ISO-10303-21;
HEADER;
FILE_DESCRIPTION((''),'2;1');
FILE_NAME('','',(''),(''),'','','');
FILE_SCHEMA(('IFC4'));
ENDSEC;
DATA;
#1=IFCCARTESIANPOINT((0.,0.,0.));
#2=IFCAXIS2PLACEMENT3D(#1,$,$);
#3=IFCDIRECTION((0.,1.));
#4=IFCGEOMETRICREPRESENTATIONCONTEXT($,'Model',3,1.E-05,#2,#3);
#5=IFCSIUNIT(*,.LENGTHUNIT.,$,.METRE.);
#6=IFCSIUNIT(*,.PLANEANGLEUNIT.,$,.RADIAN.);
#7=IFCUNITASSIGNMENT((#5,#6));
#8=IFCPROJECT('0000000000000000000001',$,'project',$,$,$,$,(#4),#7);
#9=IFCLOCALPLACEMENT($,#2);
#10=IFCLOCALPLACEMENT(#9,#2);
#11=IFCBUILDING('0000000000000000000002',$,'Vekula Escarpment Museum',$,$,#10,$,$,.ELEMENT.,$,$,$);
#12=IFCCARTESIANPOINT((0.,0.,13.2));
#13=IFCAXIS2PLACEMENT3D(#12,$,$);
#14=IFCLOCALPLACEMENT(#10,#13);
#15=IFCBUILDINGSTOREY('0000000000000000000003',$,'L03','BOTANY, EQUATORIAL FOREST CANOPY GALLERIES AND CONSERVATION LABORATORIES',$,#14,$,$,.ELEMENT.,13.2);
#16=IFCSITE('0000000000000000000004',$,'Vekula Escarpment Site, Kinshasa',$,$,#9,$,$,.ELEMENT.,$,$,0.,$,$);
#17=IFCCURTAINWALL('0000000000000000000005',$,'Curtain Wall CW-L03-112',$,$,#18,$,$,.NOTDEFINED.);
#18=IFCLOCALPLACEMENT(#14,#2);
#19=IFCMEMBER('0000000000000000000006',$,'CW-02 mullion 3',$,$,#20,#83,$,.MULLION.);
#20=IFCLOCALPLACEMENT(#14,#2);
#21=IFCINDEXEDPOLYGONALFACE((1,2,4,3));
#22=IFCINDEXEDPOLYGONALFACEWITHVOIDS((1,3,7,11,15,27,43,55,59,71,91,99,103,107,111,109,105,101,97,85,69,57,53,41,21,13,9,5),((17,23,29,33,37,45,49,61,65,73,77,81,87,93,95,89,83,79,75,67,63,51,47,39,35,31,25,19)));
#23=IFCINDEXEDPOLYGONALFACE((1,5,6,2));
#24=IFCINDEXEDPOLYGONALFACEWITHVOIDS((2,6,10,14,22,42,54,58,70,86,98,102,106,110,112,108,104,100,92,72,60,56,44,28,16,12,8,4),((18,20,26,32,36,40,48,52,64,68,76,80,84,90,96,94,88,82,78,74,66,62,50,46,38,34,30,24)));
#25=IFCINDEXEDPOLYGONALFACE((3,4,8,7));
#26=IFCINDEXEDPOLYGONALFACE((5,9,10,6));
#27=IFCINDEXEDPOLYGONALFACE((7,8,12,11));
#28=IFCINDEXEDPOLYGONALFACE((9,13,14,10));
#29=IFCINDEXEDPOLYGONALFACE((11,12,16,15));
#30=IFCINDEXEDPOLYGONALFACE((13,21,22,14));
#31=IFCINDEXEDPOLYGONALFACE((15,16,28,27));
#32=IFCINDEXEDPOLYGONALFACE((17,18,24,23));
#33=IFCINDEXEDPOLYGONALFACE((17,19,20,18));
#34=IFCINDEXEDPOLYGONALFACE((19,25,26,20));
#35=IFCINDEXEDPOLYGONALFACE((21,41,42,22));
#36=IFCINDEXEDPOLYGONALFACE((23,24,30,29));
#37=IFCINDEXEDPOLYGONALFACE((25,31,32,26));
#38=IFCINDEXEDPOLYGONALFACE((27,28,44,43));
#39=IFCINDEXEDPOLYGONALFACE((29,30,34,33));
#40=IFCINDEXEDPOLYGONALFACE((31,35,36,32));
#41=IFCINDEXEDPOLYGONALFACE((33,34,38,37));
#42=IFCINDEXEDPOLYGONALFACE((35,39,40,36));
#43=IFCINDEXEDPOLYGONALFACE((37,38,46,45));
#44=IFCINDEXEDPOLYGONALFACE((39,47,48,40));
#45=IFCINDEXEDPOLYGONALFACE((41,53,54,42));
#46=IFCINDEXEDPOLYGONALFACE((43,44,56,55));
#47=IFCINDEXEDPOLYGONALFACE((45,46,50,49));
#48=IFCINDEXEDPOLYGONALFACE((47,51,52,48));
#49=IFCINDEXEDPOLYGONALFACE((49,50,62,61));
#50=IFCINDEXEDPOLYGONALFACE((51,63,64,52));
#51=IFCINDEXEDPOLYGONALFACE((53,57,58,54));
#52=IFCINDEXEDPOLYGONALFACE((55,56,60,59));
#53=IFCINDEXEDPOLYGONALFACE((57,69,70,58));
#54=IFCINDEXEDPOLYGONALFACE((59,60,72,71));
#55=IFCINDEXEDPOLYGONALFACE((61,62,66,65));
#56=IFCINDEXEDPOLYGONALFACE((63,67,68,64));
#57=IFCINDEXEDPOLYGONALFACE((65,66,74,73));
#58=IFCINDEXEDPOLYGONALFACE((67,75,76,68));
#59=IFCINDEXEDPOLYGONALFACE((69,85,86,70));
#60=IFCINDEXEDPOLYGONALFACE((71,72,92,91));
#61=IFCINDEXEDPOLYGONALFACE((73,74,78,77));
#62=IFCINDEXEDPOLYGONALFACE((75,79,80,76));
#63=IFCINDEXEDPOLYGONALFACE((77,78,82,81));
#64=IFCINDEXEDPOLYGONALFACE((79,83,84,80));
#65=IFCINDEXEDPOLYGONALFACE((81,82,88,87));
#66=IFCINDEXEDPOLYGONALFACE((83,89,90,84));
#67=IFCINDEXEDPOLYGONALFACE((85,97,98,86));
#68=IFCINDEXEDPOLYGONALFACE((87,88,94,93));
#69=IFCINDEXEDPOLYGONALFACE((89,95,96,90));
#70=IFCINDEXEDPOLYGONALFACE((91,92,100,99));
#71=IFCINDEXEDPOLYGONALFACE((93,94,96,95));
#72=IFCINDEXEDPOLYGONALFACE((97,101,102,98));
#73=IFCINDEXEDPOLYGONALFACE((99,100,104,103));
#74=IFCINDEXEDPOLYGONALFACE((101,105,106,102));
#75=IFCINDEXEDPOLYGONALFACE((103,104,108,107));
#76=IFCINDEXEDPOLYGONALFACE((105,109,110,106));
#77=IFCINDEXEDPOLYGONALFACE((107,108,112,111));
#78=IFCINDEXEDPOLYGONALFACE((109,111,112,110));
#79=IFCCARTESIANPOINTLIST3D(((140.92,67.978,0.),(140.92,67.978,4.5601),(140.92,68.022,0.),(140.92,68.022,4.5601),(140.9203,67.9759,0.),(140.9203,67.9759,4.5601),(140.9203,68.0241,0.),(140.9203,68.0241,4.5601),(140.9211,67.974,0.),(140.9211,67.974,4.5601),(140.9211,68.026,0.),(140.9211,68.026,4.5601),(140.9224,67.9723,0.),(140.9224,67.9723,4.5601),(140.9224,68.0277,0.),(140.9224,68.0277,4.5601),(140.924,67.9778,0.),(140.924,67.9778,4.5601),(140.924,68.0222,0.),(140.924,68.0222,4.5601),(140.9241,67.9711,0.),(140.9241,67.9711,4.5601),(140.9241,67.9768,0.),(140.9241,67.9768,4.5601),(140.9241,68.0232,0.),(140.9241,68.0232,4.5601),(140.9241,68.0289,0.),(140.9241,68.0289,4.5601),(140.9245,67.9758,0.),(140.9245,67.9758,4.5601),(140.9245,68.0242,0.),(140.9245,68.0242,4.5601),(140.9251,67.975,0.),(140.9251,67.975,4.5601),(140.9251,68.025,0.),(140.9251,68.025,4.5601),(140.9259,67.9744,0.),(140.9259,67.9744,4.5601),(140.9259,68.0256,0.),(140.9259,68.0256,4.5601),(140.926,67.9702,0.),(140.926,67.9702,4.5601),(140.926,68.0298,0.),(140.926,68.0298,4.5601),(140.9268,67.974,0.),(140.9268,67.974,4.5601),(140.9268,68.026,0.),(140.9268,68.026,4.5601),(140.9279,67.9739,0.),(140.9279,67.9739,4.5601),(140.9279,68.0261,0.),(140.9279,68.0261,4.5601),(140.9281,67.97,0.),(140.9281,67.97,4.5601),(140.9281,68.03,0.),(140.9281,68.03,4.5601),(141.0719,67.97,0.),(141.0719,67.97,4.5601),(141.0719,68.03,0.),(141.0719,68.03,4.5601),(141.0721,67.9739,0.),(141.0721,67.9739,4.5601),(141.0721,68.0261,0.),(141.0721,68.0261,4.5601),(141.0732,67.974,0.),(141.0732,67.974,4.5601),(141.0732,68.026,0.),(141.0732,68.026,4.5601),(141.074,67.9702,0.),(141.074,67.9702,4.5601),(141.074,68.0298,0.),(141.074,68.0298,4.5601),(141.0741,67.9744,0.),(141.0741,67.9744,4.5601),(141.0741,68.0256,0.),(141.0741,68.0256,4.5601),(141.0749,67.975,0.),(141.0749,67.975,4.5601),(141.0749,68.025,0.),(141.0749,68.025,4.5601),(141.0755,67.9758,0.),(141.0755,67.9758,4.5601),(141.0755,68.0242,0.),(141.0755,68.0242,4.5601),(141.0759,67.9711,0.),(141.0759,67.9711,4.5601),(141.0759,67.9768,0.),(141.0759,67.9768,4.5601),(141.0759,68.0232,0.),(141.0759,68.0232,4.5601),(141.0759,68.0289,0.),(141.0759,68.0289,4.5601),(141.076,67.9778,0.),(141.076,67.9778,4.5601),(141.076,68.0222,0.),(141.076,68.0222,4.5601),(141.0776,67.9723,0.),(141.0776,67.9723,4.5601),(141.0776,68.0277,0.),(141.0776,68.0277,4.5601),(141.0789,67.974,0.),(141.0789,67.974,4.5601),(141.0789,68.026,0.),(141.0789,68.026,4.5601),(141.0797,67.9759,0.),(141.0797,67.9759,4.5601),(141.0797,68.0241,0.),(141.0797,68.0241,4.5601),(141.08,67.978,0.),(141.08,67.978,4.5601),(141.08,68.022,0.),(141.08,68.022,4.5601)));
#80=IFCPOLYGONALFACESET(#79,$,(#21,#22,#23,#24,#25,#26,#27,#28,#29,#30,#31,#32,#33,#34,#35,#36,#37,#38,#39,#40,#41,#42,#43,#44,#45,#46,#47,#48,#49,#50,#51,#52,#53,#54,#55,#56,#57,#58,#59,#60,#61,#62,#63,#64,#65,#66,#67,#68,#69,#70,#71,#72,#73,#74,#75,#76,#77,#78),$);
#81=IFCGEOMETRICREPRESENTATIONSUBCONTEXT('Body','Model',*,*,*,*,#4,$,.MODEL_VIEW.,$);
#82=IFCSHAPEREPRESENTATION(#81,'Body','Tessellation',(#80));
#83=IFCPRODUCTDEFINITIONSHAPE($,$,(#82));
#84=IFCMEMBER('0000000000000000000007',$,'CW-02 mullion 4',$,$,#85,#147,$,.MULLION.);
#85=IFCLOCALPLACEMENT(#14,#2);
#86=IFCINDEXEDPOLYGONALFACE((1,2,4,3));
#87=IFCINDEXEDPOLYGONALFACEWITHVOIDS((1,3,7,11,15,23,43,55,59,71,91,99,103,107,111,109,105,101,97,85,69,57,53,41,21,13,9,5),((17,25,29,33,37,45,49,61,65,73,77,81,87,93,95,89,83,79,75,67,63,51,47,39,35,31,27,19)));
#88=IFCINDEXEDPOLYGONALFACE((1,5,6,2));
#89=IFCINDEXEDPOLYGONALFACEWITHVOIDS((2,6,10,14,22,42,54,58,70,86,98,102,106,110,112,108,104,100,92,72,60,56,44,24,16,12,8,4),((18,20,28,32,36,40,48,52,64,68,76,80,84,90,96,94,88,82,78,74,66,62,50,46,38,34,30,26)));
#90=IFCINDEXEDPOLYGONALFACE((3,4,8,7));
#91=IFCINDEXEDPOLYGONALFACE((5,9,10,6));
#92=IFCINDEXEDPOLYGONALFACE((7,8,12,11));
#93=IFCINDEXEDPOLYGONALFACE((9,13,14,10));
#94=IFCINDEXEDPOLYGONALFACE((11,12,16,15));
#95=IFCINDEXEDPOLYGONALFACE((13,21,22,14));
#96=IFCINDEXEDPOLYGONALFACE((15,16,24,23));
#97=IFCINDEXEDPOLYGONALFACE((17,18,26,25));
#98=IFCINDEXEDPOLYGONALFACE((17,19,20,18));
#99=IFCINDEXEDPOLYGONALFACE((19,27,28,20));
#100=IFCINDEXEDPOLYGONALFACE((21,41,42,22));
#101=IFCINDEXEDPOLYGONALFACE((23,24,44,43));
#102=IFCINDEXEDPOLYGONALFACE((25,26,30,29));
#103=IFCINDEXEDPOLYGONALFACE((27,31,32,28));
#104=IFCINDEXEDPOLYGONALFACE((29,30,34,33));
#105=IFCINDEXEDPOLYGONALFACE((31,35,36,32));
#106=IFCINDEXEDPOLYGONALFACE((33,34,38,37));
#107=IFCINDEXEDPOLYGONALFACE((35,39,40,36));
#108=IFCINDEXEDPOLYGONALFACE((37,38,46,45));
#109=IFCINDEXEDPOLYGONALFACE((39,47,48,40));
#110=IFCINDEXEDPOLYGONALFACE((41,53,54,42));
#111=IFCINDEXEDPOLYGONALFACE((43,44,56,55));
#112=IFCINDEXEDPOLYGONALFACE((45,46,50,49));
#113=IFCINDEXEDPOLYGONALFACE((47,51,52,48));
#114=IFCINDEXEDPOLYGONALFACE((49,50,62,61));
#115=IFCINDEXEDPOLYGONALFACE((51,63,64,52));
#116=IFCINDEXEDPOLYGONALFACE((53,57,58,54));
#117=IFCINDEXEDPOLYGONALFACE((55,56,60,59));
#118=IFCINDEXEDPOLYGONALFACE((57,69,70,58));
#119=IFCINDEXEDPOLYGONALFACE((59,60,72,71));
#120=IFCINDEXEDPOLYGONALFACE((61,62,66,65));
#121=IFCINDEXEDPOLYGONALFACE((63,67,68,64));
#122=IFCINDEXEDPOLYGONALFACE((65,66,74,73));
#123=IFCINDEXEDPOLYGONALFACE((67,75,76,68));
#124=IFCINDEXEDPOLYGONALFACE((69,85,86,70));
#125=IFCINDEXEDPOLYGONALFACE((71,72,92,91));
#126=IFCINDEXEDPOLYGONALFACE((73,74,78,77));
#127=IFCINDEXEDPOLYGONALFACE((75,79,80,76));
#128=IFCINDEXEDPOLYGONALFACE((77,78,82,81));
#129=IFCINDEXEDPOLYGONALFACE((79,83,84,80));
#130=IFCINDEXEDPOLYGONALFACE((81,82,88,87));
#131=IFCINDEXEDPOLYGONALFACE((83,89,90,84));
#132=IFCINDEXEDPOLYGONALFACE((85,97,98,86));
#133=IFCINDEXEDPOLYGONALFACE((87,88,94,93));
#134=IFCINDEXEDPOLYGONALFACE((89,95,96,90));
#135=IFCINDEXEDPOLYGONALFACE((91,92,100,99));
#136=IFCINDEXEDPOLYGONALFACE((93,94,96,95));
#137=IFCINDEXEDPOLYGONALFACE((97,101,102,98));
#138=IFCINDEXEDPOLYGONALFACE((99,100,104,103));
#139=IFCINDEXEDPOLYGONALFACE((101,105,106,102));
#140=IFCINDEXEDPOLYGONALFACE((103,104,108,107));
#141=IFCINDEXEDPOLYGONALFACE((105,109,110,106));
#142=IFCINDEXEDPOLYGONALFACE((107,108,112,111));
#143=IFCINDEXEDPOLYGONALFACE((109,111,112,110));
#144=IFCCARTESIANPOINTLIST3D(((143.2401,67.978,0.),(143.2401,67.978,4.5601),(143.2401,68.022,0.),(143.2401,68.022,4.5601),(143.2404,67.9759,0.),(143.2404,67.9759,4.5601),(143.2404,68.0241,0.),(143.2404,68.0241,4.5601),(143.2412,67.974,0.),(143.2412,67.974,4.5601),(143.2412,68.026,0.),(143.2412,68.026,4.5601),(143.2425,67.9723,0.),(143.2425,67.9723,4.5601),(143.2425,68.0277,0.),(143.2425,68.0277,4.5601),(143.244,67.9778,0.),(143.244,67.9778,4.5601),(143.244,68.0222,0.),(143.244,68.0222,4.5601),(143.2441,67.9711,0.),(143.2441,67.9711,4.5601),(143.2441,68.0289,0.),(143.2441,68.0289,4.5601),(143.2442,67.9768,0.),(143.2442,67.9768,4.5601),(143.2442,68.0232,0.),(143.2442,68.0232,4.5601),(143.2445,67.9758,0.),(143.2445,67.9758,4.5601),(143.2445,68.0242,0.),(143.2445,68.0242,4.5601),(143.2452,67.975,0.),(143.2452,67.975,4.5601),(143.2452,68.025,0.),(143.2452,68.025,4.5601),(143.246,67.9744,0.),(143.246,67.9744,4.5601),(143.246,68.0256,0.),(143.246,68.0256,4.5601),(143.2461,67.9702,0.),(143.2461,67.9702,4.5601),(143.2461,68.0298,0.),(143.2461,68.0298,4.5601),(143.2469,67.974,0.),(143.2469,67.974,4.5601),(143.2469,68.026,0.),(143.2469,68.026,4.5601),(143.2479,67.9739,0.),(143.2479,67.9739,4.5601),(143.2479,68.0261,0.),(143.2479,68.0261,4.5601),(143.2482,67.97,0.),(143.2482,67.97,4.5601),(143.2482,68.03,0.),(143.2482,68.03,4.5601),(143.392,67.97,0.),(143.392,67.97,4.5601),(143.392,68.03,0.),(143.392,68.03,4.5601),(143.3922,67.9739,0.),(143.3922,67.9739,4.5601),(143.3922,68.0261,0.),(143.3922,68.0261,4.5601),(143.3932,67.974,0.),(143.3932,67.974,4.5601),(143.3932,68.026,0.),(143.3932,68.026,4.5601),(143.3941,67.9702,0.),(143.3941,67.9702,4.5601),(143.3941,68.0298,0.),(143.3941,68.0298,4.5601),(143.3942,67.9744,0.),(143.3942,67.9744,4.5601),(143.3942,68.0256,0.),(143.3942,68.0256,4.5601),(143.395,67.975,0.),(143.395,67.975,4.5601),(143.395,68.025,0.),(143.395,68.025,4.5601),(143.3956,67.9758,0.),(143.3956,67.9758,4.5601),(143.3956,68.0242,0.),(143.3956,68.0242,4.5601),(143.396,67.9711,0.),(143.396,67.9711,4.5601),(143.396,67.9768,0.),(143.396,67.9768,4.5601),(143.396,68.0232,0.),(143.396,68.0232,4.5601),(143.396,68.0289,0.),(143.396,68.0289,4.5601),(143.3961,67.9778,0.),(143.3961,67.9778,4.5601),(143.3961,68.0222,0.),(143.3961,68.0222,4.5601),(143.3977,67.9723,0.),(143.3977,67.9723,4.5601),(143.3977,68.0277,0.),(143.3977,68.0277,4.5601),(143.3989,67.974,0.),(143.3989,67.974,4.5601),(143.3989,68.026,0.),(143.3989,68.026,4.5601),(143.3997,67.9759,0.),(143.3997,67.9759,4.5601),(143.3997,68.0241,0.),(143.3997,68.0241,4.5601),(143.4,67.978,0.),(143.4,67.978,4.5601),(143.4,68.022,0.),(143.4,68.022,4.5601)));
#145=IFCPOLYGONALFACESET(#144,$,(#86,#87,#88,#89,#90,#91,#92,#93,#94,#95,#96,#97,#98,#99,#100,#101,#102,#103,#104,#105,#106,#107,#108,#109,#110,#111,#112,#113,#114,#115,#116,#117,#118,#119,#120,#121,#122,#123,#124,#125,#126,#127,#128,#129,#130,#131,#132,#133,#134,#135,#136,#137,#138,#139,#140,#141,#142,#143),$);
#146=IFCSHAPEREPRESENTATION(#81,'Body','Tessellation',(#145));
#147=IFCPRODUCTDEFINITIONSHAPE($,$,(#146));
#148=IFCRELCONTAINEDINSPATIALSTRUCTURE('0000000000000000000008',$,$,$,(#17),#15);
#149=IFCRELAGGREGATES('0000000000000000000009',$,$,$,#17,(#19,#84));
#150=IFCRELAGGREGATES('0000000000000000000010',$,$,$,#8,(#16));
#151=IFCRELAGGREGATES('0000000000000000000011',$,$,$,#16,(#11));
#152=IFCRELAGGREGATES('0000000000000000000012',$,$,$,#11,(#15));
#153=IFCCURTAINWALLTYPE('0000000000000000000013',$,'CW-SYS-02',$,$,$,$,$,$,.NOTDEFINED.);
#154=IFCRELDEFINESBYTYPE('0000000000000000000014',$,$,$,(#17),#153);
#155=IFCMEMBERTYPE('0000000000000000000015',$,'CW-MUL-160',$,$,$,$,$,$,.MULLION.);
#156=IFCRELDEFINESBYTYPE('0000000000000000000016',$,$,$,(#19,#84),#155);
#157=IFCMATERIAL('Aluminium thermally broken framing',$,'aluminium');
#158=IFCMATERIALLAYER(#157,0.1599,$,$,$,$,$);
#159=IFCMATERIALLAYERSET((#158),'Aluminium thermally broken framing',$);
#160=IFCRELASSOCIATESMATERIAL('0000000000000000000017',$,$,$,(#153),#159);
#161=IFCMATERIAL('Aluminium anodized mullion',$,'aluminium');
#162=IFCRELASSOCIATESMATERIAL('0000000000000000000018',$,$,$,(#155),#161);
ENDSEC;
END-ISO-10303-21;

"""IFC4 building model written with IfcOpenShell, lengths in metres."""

from ifc_helpers import new_model, si_unit, direction, frame, origin, origin_2d, place, context, subcontext, project, spatial, hollow_rectangle, extrude, material, layer, layer_set, material_profile, profile_set, type_object, element, aggregate, save


model = new_model("IFC4")

# Units and contexts
model_context = context("Model", 3, precision=1e-05, world=origin(), true_north=direction((0.0, 1.0)))
body_context = subcontext(model_context, "Body", "Model", "MODEL_VIEW")
ifc_project = project(units=[si_unit("LENGTHUNIT", "METRE"), si_unit("PLANEANGLEUNIT", "RADIAN")], contexts=[model_context])

# Site, building, storey
site_placement = place(None, origin())
site = spatial("IfcSite", under=ifc_project, at=site_placement, Name="Vekula Escarpment Site, Kinshasa", CompositionType="ELEMENT", RefElevation=0.0)
building_placement = place(site_placement, origin())
building = spatial("IfcBuilding", under=site, at=building_placement, Name="Vekula Escarpment Museum", CompositionType="ELEMENT")
storey_placement = place(building_placement, frame((0.0, 0.0, 13.2)))
storey = spatial("IfcBuildingStorey", under=building, at=storey_placement, Name="L03", Description="BOTANY, EQUATORIAL FOREST CANOPY GALLERIES AND CONSERVATION LABORATORIES", CompositionType="ELEMENT", Elevation=13.2)

# Curtain wall, members
ifc_material_1 = material(Name="Aluminium thermally broken framing", Category="aluminium")
ifc_layer_1 = layer(ifc_material_1, 0.1599)
ifc_layer_set_1 = layer_set([ifc_layer_1], Name="Aluminium thermally broken framing")
curtain_wall_type_1 = type_object("IfcCurtainWallType", Name="CW-SYS-02", PredefinedType="NOTDEFINED", material=ifc_layer_set_1)
curtain_wall_1_placement = place(storey_placement, origin())
curtain_wall_1 = element("IfcCurtainWall", 1, at=curtain_wall_1_placement, inside=storey, type_object=curtain_wall_type_1, Name="Curtain Wall CW-L03-112", PredefinedType="NOTDEFINED")
ifc_material_2 = material(Name="Aluminium anodized mullion", Category="aluminium")
ifc_material_profile_1 = material_profile(ifc_material_2, hollow_rectangle(XDim=0.0601, YDim=0.1599, WallThickness=0.0039, InnerFilletRadius=0.0039, OuterFilletRadius=0.0081, at=origin_2d()), Name="ALU 160x60x4")
ifc_profile_set_1 = profile_set([ifc_material_profile_1], Name="Aluminium anodized mullion")
member_type_1 = type_object("IfcMemberType", Name="CW-MUL-160", PredefinedType="MULLION", material=ifc_profile_set_1)
member_1_placement = place(storey_placement, frame((141.0, 68.0, 0.0), z_axis=(0.0, 0.0, 1.0), x_axis=(0.0, 1.0, 0.0)))
member_1 = element("IfcMember", 2, at=member_1_placement, type_object=member_type_1, Name="CW-02 mullion 3", PredefinedType="MULLION", context=body_context, shape_type="SweptSolid", body=[
    extrude(hollow_rectangle(XDim=0.0601, YDim=0.1599, WallThickness=0.0039, InnerFilletRadius=0.0039, OuterFilletRadius=0.0081, at=origin_2d()), origin(), (0.0, 0.0, 1.0), 4.5601),
])
member_2_placement = place(storey_placement, frame((143.3201, 68.0, 0.0), z_axis=(0.0, 0.0, 1.0), x_axis=(0.0, 1.0, 0.0)))
member_2 = element("IfcMember", 3, at=member_2_placement, type_object=member_type_1, Name="CW-02 mullion 4", PredefinedType="MULLION", context=body_context, shape_type="SweptSolid", body=[
    extrude(hollow_rectangle(XDim=0.0601, YDim=0.1599, WallThickness=0.0039, InnerFilletRadius=0.0039, OuterFilletRadius=0.0081, at=origin_2d()), origin(), (0.0, 0.0, 1.0), 4.5601),
])

aggregate(curtain_wall_1, [member_1, member_2])

save(model, "model.ifc")
